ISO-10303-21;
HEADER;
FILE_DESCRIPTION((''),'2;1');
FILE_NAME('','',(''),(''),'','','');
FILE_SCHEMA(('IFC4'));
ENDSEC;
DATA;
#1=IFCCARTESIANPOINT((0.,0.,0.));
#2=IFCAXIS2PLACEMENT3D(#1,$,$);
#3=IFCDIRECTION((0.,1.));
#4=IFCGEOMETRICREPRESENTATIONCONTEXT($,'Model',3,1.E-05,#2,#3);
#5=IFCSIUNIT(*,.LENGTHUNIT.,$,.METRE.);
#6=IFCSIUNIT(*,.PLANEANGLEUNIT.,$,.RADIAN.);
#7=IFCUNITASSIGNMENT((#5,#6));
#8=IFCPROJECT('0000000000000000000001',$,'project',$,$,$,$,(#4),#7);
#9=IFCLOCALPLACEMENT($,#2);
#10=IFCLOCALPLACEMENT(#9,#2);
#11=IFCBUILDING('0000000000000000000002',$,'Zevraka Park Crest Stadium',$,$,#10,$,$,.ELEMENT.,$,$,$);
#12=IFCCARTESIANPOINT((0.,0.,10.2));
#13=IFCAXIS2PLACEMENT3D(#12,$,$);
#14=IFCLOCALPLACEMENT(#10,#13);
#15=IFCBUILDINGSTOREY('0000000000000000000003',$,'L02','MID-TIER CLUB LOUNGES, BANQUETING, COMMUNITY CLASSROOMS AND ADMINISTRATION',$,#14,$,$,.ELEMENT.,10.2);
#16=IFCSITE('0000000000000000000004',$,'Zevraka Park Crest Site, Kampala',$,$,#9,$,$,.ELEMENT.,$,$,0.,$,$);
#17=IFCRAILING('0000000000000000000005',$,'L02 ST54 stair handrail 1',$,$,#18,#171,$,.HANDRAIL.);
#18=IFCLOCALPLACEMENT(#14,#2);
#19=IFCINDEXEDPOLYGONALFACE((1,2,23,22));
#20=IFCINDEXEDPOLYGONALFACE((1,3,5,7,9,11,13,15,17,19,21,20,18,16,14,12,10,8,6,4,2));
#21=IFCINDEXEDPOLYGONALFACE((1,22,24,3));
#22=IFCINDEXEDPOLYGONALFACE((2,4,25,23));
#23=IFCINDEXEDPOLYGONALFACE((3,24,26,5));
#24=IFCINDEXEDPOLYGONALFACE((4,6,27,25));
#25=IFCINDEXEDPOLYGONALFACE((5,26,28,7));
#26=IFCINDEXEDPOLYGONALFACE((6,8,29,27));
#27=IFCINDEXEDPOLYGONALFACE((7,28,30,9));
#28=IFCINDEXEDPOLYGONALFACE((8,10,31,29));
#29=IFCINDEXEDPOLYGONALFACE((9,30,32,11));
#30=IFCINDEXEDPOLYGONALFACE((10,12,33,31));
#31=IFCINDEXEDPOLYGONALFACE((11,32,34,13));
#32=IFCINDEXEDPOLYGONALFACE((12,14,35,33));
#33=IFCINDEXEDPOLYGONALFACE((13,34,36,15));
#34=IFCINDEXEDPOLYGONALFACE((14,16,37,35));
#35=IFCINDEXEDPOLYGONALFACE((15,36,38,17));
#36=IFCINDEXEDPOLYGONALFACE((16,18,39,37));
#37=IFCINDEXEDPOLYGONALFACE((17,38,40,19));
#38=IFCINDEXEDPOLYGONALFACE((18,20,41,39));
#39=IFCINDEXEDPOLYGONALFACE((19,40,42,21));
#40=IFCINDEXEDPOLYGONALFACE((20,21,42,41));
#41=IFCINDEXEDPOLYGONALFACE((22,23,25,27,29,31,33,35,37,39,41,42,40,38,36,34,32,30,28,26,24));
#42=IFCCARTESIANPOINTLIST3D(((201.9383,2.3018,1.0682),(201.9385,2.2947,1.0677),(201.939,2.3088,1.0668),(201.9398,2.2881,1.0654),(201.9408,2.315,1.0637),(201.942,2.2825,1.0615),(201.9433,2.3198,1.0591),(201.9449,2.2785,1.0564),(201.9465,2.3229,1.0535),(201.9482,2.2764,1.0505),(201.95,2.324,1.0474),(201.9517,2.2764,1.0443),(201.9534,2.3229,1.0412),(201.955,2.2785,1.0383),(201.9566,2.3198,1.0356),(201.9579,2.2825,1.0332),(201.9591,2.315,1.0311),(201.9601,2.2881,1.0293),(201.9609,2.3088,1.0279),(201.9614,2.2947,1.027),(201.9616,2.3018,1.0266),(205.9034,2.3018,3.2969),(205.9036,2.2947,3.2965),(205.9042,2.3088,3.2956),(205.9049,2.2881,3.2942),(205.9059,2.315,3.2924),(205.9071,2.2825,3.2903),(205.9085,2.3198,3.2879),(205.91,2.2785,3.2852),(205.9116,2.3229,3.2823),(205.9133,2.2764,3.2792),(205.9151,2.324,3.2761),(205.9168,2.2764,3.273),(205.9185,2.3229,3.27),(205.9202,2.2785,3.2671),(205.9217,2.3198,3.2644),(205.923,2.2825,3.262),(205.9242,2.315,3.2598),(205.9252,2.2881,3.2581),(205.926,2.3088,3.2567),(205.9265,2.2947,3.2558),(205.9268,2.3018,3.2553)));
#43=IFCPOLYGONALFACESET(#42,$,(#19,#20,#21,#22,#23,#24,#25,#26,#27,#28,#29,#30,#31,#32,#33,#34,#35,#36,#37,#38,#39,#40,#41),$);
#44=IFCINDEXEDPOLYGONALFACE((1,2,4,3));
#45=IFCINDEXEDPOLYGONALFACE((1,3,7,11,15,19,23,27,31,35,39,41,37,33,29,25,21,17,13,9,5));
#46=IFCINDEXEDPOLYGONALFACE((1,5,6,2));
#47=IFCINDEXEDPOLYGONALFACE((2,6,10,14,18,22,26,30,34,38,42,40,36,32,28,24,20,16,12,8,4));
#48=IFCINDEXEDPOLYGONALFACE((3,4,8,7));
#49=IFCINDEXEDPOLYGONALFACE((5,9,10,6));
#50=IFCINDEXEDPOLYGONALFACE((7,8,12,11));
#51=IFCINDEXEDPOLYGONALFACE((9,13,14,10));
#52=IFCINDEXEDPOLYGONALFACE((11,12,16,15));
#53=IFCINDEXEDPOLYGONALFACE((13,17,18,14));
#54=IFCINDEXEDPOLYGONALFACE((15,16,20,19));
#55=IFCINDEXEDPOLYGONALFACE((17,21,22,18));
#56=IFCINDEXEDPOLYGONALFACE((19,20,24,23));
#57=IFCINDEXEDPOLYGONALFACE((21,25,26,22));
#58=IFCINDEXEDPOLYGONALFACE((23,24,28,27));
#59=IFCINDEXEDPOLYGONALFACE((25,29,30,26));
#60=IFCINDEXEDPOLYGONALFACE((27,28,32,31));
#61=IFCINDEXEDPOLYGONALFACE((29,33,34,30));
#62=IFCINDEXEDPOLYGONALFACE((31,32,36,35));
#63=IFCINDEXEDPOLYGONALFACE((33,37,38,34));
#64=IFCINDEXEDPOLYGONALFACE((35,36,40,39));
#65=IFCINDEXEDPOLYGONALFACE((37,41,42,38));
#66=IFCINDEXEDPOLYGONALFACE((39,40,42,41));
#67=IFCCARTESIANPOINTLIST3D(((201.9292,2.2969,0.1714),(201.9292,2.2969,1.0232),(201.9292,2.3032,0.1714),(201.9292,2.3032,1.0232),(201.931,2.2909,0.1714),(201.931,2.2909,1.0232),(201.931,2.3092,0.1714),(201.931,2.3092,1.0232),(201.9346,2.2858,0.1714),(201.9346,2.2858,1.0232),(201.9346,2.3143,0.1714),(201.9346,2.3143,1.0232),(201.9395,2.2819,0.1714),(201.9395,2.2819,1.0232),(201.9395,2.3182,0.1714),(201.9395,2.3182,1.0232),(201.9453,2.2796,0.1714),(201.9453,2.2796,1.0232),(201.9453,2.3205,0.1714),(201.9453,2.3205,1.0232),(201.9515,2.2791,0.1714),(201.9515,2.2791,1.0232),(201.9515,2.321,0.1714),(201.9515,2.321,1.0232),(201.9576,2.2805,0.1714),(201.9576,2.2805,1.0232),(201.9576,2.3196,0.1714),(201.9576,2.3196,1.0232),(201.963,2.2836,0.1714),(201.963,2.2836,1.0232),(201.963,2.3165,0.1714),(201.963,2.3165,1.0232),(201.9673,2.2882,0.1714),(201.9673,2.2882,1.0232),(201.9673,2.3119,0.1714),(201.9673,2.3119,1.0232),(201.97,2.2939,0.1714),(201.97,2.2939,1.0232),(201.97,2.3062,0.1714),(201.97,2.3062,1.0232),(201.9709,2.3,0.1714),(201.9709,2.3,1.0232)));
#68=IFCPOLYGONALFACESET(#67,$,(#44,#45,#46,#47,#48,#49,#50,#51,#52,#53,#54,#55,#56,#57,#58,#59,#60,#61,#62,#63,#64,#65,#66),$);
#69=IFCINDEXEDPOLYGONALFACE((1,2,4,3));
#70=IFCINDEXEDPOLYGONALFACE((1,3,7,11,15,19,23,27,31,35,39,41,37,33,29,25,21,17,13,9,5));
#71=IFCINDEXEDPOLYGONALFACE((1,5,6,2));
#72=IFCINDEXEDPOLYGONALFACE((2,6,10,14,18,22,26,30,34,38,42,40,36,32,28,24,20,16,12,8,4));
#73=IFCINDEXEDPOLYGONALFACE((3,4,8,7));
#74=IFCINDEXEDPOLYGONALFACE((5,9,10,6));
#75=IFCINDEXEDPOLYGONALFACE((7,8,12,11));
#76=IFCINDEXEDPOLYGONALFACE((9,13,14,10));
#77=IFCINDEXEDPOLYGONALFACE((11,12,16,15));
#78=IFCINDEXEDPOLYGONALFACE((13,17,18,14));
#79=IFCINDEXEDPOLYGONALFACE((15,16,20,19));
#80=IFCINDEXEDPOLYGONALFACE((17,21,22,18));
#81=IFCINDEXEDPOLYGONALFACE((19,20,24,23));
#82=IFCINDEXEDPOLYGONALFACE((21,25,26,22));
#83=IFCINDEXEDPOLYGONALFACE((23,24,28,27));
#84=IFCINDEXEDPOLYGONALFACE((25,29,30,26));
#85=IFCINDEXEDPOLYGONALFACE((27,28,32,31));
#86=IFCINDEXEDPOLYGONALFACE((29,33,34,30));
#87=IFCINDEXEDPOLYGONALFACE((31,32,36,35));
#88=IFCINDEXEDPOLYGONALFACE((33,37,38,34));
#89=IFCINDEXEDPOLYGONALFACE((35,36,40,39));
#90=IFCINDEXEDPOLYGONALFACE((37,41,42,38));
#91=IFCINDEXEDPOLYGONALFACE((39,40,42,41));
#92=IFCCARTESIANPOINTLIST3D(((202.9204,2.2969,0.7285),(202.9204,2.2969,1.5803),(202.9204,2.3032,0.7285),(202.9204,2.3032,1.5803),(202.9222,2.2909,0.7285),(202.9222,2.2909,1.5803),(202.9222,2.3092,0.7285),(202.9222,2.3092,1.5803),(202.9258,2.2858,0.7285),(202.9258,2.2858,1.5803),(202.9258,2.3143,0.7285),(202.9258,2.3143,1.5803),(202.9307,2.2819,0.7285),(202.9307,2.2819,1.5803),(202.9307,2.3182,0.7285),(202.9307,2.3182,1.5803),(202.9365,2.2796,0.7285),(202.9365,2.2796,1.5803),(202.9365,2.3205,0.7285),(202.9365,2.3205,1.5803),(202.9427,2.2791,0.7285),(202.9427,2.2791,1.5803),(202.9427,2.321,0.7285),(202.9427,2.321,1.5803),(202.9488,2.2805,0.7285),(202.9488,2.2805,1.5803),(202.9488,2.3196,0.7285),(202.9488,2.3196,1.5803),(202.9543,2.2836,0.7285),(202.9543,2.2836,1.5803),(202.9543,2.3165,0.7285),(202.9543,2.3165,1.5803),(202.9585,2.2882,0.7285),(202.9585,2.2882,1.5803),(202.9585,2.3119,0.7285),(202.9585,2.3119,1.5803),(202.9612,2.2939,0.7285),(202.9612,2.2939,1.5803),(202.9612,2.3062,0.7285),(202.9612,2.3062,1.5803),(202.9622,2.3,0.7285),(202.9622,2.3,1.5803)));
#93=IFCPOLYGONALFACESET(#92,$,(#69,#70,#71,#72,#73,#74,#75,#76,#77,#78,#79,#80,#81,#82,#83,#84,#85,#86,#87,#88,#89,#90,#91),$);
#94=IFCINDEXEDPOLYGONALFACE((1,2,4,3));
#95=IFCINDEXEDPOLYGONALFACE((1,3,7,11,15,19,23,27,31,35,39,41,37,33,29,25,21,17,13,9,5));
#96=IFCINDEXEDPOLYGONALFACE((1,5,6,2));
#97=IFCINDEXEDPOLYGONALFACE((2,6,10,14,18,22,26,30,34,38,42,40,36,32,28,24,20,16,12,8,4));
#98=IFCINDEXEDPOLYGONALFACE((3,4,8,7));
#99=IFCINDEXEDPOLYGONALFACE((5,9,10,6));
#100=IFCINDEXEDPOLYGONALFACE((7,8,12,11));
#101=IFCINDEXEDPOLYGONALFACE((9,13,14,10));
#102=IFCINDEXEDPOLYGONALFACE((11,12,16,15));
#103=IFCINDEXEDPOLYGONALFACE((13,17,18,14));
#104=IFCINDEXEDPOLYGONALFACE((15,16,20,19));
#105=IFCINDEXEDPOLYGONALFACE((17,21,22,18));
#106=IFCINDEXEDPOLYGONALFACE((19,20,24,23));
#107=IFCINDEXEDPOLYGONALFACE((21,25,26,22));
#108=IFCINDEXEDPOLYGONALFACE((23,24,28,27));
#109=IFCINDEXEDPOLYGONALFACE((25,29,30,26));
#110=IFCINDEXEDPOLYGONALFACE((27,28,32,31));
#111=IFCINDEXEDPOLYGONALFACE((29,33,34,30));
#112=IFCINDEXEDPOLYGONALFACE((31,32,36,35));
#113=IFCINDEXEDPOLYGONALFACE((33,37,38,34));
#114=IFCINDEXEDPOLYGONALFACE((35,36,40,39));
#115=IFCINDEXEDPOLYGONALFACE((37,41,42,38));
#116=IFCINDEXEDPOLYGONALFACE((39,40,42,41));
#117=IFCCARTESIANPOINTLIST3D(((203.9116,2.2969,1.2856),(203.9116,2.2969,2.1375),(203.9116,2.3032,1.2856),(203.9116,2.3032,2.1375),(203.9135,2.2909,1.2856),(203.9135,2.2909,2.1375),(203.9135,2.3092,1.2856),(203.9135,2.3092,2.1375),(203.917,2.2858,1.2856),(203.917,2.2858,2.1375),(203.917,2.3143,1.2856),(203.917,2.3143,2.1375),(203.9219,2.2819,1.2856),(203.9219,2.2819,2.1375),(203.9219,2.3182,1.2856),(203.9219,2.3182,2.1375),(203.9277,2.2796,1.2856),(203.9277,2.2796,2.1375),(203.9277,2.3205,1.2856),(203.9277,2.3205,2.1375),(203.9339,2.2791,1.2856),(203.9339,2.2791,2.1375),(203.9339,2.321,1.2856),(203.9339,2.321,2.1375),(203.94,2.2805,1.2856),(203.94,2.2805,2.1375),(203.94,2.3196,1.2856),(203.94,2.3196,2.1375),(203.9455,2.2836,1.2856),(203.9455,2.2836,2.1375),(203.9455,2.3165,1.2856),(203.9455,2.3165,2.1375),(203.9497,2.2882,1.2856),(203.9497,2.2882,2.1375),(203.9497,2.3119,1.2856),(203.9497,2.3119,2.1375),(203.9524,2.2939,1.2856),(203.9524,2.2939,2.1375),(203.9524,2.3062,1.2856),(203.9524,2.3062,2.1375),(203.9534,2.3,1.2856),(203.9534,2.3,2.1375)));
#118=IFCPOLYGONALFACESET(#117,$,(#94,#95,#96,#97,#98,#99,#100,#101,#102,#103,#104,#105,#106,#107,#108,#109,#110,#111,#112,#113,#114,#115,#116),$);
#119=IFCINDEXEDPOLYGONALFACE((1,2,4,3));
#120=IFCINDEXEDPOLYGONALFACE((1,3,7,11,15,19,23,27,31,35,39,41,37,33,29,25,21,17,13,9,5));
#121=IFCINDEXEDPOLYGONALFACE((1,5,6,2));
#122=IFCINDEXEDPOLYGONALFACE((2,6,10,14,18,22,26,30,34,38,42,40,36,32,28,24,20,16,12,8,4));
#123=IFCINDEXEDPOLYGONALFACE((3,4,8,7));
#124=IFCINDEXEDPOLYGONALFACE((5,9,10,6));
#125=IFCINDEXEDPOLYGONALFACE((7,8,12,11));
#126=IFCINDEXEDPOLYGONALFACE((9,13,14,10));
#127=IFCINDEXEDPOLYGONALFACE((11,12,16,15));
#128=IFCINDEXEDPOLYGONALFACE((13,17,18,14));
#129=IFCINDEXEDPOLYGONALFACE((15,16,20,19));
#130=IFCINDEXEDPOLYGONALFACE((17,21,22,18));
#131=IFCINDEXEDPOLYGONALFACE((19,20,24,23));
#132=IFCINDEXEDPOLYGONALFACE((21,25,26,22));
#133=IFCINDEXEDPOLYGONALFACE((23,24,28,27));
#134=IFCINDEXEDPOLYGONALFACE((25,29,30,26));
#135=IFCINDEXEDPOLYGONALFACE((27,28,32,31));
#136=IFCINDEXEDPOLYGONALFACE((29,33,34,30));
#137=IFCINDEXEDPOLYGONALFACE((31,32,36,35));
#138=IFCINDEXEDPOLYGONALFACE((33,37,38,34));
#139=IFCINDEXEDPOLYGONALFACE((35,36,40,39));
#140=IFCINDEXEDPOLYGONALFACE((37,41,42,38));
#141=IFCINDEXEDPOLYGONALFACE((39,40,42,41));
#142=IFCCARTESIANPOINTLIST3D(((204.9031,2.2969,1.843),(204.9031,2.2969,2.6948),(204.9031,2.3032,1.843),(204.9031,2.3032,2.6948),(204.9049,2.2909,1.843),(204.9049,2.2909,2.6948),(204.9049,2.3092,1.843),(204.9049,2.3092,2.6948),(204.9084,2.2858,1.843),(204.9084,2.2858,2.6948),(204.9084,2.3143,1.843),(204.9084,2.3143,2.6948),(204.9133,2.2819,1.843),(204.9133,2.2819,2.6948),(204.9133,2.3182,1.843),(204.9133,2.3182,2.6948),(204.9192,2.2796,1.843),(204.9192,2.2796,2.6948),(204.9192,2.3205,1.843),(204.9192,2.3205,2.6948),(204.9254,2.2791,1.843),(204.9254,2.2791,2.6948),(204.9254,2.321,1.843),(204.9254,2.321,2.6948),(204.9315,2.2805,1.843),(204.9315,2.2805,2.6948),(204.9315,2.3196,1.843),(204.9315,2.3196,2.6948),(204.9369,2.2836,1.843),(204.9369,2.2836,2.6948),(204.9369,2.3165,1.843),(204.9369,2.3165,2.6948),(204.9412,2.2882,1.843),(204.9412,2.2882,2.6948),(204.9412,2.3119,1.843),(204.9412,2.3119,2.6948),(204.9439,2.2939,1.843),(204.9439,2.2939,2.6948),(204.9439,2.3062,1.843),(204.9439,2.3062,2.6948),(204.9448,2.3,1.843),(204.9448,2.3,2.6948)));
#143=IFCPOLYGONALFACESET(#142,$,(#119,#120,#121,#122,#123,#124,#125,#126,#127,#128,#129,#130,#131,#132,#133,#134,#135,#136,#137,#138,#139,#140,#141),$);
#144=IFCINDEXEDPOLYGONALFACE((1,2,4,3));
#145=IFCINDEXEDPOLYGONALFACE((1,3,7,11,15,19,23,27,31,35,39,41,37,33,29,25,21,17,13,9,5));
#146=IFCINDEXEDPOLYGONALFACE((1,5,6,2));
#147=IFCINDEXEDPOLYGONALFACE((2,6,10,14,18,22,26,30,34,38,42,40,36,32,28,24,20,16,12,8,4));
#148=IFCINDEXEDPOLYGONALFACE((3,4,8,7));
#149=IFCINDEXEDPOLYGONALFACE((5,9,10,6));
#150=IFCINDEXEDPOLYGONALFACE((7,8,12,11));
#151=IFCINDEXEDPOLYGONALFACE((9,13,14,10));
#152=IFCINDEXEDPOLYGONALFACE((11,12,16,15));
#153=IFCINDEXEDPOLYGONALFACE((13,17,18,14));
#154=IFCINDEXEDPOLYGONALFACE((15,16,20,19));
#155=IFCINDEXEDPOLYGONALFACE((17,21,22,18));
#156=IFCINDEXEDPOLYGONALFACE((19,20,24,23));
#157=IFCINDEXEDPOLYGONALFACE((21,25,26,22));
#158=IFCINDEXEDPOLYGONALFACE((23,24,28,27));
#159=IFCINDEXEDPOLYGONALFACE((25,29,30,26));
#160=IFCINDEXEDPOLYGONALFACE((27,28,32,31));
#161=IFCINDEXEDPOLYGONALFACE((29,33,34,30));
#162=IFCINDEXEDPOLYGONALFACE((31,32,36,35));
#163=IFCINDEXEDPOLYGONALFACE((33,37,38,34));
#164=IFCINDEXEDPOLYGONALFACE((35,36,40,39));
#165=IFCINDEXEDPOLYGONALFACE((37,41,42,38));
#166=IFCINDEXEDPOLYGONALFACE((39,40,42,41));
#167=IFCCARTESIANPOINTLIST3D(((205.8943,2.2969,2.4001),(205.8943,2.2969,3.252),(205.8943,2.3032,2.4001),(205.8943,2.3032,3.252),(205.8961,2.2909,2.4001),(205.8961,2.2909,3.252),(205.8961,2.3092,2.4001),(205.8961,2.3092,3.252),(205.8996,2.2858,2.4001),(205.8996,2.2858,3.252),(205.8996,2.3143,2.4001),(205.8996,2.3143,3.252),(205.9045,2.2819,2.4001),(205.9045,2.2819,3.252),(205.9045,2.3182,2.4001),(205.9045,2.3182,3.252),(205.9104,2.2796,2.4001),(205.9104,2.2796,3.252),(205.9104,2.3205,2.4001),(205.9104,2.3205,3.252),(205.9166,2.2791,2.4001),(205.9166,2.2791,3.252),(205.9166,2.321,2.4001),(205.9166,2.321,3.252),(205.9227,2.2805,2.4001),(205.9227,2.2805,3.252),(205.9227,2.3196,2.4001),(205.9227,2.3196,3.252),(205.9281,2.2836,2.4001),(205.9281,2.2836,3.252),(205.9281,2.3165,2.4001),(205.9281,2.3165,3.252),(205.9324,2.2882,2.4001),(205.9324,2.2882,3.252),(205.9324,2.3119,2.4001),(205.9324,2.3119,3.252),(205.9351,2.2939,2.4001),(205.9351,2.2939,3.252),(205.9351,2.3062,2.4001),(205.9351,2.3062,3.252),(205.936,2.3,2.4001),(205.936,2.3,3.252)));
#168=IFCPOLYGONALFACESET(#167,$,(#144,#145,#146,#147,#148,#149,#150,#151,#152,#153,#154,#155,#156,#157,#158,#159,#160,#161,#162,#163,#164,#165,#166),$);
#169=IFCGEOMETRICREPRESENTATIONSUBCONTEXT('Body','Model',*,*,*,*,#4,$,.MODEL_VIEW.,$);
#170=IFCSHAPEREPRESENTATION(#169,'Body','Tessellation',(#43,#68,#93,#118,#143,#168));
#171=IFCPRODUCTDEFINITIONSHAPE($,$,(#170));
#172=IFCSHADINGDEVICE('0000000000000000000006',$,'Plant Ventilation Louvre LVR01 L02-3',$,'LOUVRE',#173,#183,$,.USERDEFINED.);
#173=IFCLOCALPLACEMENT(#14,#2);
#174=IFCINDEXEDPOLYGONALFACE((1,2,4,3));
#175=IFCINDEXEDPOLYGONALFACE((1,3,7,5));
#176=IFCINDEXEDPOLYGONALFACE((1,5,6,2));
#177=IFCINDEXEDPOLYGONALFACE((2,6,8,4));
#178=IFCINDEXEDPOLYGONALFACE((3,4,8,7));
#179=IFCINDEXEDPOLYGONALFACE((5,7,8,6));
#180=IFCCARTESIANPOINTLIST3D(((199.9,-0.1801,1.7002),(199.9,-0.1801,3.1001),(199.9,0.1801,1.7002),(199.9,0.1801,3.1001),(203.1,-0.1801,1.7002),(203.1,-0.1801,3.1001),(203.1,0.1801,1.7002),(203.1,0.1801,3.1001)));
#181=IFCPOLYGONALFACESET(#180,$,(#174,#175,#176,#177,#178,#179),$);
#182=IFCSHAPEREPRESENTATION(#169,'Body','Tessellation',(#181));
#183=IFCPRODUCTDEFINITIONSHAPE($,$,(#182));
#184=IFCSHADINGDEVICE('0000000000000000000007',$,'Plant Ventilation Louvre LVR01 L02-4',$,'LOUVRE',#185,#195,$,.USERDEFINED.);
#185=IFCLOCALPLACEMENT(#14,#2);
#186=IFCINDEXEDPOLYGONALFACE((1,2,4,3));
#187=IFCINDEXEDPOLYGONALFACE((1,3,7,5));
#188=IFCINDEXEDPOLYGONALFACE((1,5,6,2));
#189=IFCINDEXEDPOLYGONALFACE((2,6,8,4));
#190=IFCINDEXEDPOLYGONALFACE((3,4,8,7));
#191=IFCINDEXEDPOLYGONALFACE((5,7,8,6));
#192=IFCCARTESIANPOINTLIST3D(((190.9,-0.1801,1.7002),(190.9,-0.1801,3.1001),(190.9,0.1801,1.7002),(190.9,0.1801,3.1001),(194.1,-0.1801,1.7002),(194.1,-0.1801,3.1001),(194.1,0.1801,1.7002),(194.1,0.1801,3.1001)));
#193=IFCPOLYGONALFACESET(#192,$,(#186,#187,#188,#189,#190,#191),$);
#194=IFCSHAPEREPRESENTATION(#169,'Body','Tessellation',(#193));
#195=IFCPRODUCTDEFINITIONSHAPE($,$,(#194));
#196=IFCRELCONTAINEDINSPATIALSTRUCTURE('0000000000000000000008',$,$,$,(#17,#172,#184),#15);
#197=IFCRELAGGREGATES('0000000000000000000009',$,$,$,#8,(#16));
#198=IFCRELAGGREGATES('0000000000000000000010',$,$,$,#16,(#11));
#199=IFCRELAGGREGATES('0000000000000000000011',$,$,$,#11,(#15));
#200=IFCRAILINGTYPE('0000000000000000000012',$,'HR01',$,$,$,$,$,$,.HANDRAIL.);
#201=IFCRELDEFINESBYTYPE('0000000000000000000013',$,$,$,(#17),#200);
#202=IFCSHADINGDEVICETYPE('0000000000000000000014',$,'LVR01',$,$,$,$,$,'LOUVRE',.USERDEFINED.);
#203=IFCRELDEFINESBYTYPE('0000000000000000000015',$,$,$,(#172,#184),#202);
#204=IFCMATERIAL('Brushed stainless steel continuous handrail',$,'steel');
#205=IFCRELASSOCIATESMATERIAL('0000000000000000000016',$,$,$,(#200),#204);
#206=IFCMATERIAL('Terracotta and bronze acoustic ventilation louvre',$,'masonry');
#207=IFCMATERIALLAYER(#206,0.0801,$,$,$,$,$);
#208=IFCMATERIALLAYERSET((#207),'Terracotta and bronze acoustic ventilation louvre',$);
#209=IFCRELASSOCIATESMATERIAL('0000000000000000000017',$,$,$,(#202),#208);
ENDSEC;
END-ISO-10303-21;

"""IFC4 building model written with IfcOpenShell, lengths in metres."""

from ifc_helpers import new_model, si_unit, direction, frame, origin, origin_2d, place, context, subcontext, project, spatial, rectangle, circle, extrude, material, layer, layer_set, type_object, element, save


model = new_model("IFC4")

# Units and contexts
model_context = context("Model", 3, precision=1e-05, world=origin(), true_north=direction((0.0, 1.0)))
body_context = subcontext(model_context, "Body", "Model", "MODEL_VIEW")
ifc_project = project(units=[si_unit("LENGTHUNIT", "METRE"), si_unit("PLANEANGLEUNIT", "RADIAN")], contexts=[model_context])

# Site, building, storey
site_placement = place(None, origin())
site = spatial("IfcSite", under=ifc_project, at=site_placement, Name="Zevraka Park Crest Site, Kampala", CompositionType="ELEMENT", RefElevation=0.0)
building_placement = place(site_placement, origin())
building = spatial("IfcBuilding", under=site, at=building_placement, Name="Zevraka Park Crest Stadium", CompositionType="ELEMENT")
storey_placement = place(building_placement, frame((0.0, 0.0, 10.2)))
storey = spatial("IfcBuildingStorey", under=building, at=storey_placement, Name="L02", Description="MID-TIER CLUB LOUNGES, BANQUETING, COMMUNITY CLASSROOMS AND ADMINISTRATION", CompositionType="ELEMENT", Elevation=10.2)

# Railing
ifc_material_1 = material(Name="Brushed stainless steel continuous handrail", Category="steel")
railing_type_1 = type_object("IfcRailingType", Name="HR01", PredefinedType="HANDRAIL", material=ifc_material_1)
railing_1_placement = place(storey_placement, frame((201.95, 2.3, 0.1714)))
element("IfcRailing", 1, at=railing_1_placement, inside=storey, type_object=railing_type_1, Name="L02 ST54 stair handrail 1", PredefinedType="HANDRAIL", context=body_context, shape_type="SweptSolid", body=[
    extrude(circle(Radius=0.0239, at=origin_2d()), frame((0.0, 0.0, 0.876), z_axis=(0.871726, 0.0, 0.489994), x_axis=(0.0, 1.0, 0.0)), (0.0, 0.0, 1.0), 4.5486),
    extrude(circle(Radius=0.021, at=origin_2d()), origin(), (0.0, 0.0, 1.0), 0.8518),
    extrude(circle(Radius=0.021, at=origin_2d()), frame((0.9912, 0.0, 0.5571)), (0.0, 0.0, 1.0), 0.8518),
    extrude(circle(Radius=0.021, at=origin_2d()), frame((1.9824, 0.0, 1.1143)), (0.0, 0.0, 1.0), 0.8518),
    extrude(circle(Radius=0.021, at=origin_2d()), frame((2.9739, 0.0, 1.6716)), (0.0, 0.0, 1.0), 0.8518),
    extrude(circle(Radius=0.021, at=origin_2d()), frame((3.9651, 0.0, 2.2288)), (0.0, 0.0, 1.0), 0.8518),
])

# Shading devices
ifc_material_2 = material(Name="Terracotta and bronze acoustic ventilation louvre", Category="masonry")
ifc_layer_1 = layer(ifc_material_2, 0.0801)
ifc_layer_set_1 = layer_set([ifc_layer_1], Name="Terracotta and bronze acoustic ventilation louvre")
shading_device_type = type_object("IfcShadingDeviceType", Name="LVR01", ElementType="LOUVRE", PredefinedType="USERDEFINED", material=ifc_layer_set_1)
for number, where, z_axis, x_axis, name in (
    (2, (201.5, 0.0, 1.7002), (0.0, 0.0, 1.0), (-1.0, 0.0, 0.0), "Plant Ventilation Louvre LVR01 L02-3"),
    (3, (192.5, 0.0, 1.7002), (0.0, 0.0, 1.0), (-1.0, 0.0, 0.0), "Plant Ventilation Louvre LVR01 L02-4"),
):
    element("IfcShadingDevice", number, at=place(storey_placement, frame(where, z_axis=z_axis, x_axis=x_axis)), inside=storey, type_object=shading_device_type, Name=name, ObjectType="LOUVRE", PredefinedType="USERDEFINED", context=body_context, shape_type="SweptSolid", body=[
        extrude(rectangle(XDim=3.2, YDim=0.3601, at=origin_2d()), origin(), (0.0, 0.0, 1.0), 1.3999),
    ])

save(model, "model.ifc")
